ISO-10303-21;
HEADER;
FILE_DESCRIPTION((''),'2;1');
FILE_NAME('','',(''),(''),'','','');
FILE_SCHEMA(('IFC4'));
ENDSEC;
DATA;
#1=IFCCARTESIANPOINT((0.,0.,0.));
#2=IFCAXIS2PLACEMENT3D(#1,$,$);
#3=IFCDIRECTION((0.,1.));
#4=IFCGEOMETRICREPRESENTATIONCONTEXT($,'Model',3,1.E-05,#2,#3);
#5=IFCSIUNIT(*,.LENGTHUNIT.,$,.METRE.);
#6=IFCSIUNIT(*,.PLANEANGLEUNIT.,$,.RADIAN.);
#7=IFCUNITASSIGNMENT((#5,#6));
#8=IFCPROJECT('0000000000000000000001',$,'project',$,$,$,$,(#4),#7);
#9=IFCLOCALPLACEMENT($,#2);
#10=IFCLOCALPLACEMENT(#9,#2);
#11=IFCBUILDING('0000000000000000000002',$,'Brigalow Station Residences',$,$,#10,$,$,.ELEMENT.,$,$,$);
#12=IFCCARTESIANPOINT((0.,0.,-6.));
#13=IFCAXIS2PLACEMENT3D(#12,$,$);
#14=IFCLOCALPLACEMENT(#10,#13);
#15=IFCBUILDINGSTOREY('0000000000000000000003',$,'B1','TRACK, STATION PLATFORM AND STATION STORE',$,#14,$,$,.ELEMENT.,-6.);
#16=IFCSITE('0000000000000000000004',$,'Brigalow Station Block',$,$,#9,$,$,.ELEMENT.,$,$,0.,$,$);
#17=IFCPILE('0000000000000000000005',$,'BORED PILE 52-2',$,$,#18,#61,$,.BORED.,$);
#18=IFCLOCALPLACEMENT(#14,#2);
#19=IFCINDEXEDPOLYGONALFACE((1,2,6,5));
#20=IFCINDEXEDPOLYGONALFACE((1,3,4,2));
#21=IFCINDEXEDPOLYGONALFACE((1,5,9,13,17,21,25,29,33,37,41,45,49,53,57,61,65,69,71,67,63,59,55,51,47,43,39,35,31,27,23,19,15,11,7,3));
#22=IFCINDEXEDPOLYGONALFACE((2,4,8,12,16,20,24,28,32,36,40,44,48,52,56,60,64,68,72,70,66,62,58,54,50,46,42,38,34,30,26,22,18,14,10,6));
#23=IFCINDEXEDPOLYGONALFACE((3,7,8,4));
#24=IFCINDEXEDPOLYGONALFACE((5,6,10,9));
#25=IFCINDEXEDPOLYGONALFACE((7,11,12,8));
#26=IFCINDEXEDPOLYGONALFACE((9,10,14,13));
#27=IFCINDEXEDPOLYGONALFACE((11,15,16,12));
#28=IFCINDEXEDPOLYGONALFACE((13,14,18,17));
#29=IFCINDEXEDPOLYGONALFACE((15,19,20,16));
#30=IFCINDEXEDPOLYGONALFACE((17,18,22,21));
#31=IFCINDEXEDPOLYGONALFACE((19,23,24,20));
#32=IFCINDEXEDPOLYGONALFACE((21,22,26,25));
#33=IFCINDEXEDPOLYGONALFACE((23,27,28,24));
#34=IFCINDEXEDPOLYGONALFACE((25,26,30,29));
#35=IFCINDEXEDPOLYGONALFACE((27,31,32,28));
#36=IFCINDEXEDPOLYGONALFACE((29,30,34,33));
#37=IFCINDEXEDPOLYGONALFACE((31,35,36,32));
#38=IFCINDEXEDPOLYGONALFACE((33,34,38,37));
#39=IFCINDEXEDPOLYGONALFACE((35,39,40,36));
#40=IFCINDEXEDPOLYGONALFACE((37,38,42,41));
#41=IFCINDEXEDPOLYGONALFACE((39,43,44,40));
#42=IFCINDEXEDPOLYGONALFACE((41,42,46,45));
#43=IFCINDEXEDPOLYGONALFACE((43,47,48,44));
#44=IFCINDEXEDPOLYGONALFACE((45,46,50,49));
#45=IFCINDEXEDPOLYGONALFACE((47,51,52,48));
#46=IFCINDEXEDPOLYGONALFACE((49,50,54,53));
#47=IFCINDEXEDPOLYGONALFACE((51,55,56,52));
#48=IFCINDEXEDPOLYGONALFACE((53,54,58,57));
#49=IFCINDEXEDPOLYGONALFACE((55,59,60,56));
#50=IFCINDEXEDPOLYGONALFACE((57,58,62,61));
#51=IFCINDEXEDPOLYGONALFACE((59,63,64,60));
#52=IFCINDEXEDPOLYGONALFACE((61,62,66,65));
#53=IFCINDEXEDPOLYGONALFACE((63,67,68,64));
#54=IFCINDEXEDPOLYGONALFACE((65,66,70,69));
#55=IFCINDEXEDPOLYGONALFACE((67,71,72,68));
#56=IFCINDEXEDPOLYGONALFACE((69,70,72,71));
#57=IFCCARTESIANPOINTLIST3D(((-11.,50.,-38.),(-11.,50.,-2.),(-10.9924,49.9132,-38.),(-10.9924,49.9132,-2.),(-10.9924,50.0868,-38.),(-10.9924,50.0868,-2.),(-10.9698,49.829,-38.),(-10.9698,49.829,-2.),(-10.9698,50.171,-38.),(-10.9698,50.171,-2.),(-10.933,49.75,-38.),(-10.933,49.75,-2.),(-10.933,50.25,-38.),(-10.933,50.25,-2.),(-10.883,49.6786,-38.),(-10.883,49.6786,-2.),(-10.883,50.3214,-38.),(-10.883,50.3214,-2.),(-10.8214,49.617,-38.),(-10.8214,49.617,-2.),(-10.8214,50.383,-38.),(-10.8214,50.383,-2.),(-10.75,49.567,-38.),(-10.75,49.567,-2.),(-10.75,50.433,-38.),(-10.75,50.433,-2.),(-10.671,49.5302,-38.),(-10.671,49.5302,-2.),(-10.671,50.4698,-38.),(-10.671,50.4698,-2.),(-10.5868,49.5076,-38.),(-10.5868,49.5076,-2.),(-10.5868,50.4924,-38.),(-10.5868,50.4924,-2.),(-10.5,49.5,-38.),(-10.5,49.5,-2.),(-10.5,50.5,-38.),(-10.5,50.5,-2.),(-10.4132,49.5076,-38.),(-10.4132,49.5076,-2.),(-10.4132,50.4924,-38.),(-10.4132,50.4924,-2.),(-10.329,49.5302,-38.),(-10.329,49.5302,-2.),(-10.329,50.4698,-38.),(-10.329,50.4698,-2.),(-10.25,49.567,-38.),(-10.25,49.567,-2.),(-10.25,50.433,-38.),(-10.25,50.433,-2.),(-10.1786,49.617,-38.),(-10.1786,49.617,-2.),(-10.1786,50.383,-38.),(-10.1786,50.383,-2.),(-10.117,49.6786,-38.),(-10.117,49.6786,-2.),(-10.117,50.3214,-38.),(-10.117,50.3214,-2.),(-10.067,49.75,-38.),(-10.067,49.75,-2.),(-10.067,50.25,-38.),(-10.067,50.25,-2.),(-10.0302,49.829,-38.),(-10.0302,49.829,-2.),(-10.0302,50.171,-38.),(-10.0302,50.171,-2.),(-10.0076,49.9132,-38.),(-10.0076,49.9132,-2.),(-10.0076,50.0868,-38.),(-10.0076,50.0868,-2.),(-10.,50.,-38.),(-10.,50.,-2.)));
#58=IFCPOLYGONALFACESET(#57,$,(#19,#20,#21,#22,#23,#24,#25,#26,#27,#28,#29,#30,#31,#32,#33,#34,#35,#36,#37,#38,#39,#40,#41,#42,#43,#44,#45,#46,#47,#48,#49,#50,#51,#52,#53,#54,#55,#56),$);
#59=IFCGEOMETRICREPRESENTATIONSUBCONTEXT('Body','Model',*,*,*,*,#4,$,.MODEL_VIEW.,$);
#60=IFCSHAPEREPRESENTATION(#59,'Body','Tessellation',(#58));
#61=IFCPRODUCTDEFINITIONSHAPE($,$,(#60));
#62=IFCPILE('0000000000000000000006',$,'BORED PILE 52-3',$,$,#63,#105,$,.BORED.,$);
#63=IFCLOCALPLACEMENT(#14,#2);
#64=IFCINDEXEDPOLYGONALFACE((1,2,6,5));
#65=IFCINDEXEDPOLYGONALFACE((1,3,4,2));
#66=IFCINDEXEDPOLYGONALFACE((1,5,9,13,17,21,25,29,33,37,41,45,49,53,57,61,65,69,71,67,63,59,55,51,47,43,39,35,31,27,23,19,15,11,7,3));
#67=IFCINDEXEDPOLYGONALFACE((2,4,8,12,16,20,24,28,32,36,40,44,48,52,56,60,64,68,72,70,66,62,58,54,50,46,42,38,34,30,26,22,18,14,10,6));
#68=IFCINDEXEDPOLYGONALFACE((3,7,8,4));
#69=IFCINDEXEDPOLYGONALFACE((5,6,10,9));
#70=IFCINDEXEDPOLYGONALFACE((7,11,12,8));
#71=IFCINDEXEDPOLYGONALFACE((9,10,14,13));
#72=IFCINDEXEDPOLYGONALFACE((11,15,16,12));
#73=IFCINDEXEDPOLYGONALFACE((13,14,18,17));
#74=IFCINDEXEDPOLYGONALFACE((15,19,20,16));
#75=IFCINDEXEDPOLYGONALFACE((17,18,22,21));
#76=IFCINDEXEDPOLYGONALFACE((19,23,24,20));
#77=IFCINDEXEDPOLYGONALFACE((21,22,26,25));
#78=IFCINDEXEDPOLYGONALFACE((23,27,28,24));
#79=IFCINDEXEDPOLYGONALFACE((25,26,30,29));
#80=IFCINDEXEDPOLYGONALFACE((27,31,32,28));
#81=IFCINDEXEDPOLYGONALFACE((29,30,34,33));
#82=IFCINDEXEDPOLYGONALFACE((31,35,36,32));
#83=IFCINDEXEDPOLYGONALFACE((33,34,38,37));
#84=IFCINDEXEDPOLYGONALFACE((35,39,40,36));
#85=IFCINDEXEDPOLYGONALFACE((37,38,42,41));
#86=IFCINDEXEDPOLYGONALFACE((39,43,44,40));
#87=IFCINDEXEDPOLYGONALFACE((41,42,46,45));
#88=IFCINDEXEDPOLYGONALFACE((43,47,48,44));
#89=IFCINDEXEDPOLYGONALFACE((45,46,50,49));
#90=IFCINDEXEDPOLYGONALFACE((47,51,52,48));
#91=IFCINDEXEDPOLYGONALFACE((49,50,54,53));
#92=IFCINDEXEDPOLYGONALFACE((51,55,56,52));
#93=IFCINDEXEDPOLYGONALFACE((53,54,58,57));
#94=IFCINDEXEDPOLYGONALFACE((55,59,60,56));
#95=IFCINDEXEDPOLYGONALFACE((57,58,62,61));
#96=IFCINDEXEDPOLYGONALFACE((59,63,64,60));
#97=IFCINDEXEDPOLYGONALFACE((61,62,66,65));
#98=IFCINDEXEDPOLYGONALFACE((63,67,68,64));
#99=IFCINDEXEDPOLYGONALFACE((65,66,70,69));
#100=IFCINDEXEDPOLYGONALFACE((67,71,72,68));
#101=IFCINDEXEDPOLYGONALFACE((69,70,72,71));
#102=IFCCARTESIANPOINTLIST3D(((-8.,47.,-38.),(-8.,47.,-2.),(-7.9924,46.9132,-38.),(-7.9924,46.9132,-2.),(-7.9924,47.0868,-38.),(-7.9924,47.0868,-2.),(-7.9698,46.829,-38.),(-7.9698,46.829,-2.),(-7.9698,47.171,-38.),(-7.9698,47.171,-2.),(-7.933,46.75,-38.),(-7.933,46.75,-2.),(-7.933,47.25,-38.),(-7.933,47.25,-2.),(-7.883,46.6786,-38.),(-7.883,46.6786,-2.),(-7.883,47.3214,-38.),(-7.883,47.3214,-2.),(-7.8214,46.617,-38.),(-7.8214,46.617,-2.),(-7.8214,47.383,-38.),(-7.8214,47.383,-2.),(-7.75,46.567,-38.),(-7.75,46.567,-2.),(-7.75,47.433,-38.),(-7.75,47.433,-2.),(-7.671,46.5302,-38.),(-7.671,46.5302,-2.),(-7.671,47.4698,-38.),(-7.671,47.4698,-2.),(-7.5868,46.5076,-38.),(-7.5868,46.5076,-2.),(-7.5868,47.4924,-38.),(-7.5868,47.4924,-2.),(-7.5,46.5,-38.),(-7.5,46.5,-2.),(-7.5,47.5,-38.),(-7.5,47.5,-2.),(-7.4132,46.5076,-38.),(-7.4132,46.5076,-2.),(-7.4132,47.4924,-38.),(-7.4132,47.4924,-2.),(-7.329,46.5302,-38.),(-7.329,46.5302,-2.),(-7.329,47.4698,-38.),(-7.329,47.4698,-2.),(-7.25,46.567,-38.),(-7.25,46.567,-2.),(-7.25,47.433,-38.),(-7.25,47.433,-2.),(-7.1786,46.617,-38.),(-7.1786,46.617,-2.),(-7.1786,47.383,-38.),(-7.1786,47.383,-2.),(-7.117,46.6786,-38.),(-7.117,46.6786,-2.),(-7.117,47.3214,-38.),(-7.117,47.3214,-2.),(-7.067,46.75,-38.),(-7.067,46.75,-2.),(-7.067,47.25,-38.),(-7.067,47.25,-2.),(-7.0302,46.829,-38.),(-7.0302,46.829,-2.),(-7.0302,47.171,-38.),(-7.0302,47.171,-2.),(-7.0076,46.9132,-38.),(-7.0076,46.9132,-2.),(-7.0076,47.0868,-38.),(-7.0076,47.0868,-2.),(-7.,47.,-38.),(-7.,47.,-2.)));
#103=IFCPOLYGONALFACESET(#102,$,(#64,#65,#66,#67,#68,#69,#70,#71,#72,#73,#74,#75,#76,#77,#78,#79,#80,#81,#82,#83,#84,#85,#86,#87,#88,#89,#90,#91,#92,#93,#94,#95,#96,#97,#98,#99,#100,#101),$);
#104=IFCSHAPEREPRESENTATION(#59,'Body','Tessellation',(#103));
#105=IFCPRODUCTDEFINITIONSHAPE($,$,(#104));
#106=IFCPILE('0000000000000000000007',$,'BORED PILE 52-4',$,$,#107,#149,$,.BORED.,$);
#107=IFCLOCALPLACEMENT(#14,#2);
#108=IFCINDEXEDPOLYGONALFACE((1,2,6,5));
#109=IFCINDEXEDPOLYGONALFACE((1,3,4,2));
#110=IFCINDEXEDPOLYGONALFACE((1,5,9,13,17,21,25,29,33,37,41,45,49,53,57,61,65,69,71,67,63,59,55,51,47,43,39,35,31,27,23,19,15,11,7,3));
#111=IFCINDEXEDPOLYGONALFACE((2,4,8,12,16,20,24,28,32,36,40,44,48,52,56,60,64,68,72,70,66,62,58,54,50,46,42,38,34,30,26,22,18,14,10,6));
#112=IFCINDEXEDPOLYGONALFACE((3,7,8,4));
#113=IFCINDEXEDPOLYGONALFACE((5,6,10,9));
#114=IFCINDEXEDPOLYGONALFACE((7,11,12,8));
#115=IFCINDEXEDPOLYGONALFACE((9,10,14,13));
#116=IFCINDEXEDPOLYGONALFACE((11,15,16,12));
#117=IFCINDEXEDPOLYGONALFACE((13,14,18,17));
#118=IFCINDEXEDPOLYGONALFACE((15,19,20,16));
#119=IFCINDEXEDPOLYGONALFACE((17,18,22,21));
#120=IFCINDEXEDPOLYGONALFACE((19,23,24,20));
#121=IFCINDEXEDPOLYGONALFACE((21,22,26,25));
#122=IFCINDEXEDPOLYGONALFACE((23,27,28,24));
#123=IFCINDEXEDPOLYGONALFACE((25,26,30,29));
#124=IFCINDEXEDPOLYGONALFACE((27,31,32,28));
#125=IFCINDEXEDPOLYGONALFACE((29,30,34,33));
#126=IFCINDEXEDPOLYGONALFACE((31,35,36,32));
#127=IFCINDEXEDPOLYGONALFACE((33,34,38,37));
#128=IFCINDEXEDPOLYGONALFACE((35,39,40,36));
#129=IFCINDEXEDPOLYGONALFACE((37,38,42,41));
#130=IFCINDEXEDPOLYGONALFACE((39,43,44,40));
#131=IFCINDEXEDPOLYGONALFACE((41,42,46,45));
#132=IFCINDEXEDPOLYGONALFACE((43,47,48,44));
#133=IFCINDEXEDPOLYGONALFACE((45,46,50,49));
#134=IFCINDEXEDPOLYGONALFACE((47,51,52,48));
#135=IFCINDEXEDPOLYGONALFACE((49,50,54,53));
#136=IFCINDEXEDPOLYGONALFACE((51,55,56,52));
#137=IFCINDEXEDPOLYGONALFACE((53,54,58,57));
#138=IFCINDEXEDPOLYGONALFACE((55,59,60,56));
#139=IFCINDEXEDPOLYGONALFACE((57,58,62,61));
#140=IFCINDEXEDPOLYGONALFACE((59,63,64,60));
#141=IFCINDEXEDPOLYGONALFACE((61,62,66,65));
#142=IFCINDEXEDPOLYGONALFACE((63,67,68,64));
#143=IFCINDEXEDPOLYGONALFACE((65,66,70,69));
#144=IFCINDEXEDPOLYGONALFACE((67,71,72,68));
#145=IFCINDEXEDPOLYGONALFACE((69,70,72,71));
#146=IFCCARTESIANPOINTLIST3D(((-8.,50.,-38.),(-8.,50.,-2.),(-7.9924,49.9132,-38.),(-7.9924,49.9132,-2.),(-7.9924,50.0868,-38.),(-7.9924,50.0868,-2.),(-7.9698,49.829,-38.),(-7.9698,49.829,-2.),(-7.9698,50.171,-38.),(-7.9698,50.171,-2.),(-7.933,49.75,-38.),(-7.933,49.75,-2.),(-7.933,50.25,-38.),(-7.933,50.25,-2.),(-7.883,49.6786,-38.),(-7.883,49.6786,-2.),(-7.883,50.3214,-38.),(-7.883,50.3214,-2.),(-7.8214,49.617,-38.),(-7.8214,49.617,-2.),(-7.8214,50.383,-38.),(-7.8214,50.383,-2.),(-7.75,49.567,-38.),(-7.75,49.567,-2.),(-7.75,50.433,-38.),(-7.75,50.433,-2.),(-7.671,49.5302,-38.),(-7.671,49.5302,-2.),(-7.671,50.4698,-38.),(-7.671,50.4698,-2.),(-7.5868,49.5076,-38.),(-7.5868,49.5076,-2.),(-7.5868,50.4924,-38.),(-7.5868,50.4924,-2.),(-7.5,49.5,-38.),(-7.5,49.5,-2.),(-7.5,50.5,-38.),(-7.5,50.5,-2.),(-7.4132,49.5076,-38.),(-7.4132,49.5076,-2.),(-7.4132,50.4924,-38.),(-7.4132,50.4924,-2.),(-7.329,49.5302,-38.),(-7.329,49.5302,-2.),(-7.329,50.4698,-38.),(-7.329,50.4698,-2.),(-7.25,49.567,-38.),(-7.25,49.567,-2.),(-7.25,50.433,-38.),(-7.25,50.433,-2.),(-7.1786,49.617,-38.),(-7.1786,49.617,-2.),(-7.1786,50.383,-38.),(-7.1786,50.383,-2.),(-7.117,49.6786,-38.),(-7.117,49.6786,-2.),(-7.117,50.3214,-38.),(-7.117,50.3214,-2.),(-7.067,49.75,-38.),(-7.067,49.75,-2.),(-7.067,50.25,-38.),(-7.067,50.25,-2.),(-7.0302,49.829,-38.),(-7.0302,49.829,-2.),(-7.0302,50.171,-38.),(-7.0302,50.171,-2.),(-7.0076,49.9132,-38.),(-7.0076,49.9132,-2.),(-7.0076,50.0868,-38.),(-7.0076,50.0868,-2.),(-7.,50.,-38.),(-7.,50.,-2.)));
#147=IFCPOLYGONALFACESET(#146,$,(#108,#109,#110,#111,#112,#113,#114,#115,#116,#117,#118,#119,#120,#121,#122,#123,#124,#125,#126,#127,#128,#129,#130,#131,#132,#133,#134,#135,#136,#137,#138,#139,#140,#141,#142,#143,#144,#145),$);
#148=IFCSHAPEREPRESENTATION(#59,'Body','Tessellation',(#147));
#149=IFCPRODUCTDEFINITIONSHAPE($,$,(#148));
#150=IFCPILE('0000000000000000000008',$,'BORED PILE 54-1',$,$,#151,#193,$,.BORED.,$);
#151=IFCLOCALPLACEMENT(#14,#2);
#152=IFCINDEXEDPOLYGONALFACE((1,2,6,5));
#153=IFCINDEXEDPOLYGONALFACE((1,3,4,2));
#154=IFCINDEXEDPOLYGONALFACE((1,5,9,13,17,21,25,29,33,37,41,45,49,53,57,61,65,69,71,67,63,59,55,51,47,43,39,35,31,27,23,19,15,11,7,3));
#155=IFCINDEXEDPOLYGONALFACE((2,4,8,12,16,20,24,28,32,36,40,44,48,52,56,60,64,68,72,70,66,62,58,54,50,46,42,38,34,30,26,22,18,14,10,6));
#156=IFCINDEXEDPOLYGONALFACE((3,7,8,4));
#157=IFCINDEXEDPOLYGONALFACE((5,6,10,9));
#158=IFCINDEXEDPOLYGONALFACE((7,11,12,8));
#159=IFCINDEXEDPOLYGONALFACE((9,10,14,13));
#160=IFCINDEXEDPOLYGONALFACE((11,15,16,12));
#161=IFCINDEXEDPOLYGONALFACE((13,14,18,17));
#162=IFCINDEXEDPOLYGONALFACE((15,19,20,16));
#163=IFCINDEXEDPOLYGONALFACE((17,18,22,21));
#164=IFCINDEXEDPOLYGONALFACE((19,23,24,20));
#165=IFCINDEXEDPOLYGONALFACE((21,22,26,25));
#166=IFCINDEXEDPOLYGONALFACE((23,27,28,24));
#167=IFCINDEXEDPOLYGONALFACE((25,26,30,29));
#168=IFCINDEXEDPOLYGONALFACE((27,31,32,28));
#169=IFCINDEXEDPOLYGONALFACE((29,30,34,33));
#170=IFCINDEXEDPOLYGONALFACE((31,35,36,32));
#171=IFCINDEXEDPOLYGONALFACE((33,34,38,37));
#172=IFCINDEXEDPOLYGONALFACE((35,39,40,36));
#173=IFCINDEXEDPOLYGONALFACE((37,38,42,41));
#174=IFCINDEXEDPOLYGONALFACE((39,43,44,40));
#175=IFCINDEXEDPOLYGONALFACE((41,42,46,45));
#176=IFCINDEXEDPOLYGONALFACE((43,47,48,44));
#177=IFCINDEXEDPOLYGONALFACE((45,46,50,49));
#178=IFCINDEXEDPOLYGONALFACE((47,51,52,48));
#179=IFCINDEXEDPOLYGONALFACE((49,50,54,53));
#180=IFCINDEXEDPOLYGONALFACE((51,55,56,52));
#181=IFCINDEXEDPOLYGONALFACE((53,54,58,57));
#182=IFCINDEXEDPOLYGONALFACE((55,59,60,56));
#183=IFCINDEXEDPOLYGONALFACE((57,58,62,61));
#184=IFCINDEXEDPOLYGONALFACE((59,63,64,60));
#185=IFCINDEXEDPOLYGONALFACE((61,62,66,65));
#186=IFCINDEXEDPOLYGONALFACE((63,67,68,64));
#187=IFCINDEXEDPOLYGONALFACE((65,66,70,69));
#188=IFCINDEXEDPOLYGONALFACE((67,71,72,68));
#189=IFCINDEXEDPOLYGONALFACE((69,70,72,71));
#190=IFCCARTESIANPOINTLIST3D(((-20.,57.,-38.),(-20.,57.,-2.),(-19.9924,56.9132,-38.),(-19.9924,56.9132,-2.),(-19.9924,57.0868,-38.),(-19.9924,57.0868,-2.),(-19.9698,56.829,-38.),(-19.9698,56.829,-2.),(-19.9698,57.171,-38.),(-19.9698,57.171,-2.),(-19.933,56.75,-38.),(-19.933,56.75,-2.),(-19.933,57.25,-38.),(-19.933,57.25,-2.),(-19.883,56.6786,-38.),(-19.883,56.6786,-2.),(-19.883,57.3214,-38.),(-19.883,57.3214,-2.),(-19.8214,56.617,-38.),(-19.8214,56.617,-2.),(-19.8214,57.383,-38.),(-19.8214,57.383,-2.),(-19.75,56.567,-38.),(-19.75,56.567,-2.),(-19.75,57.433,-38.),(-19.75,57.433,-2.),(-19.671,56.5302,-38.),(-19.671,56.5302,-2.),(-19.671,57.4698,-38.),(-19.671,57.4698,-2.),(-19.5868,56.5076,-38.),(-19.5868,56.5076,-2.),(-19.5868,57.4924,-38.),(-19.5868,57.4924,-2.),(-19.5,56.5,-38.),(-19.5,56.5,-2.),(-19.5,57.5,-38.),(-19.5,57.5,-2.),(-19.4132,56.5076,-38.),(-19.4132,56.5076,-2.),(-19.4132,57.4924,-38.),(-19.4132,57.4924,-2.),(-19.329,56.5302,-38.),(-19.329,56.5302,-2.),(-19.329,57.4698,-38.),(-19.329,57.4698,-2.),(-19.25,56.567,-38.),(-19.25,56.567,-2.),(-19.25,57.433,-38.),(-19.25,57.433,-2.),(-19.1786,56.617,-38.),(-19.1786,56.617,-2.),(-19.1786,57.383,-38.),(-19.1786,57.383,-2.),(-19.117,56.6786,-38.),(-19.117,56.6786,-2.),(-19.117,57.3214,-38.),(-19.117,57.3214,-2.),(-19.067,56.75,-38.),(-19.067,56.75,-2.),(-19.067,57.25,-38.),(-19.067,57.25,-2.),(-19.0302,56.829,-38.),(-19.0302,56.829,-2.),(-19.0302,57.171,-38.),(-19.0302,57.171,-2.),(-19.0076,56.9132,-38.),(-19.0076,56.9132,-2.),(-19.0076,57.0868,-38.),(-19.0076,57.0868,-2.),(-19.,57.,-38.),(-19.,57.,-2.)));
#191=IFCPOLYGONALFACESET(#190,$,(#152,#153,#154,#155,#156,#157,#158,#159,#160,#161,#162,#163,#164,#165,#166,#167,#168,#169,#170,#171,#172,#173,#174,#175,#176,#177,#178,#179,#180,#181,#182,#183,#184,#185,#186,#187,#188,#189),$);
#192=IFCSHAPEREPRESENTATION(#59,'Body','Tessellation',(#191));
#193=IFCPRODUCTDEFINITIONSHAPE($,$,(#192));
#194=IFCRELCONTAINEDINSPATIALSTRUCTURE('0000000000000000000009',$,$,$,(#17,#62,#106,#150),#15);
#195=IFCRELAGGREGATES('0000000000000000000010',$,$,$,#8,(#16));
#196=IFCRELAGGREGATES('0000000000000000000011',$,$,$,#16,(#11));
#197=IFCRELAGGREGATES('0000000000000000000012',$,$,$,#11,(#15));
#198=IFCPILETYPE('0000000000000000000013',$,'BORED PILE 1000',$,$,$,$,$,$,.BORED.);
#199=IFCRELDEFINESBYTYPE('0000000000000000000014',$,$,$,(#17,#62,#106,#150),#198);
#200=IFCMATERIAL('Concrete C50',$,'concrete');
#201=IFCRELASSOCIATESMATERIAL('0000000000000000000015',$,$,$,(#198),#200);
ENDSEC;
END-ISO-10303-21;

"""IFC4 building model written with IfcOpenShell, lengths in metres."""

from ifc_helpers import new_model, si_unit, direction, frame, origin, origin_2d, place, context, subcontext, project, spatial, circle, extrude, material, material_profile, profile_set, type_object, element, save


model = new_model("IFC4")

# Units and contexts
model_context = context("Model", 3, precision=1e-05, world=origin(), true_north=direction((0.0, 1.0)))
body_context = subcontext(model_context, "Body", "Model", "MODEL_VIEW")
ifc_project = project(units=[si_unit("LENGTHUNIT", "METRE"), si_unit("PLANEANGLEUNIT", "RADIAN")], contexts=[model_context])

# Site, building, storey
site_placement = place(None, origin())
site = spatial("IfcSite", under=ifc_project, at=site_placement, Name="Brigalow Station Block", CompositionType="ELEMENT", RefElevation=0.0)
building_placement = place(site_placement, origin())
building = spatial("IfcBuilding", under=site, at=building_placement, Name="Brigalow Station Residences", CompositionType="ELEMENT")
storey_placement = place(building_placement, frame((0.0, 0.0, -6.0)))
storey = spatial("IfcBuildingStorey", under=building, at=storey_placement, Name="B1", Description="TRACK, STATION PLATFORM AND STATION STORE", CompositionType="ELEMENT", Elevation=-6.0)

# Piles
ifc_material_1 = material(Name="Concrete C50", Category="concrete")
ifc_material_profile_1 = material_profile(ifc_material_1, circle(Radius=0.5, at=origin_2d()), Name="BP1000")
ifc_profile_set_1 = profile_set([ifc_material_profile_1], Name="Concrete C50")
pile_type_1 = type_object("IfcPileType", Name="BORED PILE 1000", PredefinedType="BORED", material=ifc_profile_set_1)
for number, where, z_axis, x_axis, name in (
    (1, (-10.5, 50.0, -2.0), (0.0, 0.0, -1.0), (1.0, 0.0, 0.0), "BORED PILE 52-2"),
    (2, (-7.5, 47.0, -2.0), (0.0, 0.0, -1.0), (1.0, 0.0, 0.0), "BORED PILE 52-3"),
    (3, (-7.5, 50.0, -2.0), (0.0, 0.0, -1.0), (1.0, 0.0, 0.0), "BORED PILE 52-4"),
    (4, (-19.5, 57.0, -2.0), (0.0, 0.0, -1.0), (1.0, 0.0, 0.0), "BORED PILE 54-1"),
):
    element("IfcPile", number, at=place(storey_placement, frame(where, z_axis=z_axis, x_axis=x_axis)), inside=storey, type_object=pile_type_1, Name=name, PredefinedType="BORED", context=body_context, shape_type="SweptSolid", body=[
        extrude(circle(Radius=0.5, at=origin_2d()), origin(), (0.0, 0.0, 1.0), 36.0),
    ])

save(model, "model.ifc")
